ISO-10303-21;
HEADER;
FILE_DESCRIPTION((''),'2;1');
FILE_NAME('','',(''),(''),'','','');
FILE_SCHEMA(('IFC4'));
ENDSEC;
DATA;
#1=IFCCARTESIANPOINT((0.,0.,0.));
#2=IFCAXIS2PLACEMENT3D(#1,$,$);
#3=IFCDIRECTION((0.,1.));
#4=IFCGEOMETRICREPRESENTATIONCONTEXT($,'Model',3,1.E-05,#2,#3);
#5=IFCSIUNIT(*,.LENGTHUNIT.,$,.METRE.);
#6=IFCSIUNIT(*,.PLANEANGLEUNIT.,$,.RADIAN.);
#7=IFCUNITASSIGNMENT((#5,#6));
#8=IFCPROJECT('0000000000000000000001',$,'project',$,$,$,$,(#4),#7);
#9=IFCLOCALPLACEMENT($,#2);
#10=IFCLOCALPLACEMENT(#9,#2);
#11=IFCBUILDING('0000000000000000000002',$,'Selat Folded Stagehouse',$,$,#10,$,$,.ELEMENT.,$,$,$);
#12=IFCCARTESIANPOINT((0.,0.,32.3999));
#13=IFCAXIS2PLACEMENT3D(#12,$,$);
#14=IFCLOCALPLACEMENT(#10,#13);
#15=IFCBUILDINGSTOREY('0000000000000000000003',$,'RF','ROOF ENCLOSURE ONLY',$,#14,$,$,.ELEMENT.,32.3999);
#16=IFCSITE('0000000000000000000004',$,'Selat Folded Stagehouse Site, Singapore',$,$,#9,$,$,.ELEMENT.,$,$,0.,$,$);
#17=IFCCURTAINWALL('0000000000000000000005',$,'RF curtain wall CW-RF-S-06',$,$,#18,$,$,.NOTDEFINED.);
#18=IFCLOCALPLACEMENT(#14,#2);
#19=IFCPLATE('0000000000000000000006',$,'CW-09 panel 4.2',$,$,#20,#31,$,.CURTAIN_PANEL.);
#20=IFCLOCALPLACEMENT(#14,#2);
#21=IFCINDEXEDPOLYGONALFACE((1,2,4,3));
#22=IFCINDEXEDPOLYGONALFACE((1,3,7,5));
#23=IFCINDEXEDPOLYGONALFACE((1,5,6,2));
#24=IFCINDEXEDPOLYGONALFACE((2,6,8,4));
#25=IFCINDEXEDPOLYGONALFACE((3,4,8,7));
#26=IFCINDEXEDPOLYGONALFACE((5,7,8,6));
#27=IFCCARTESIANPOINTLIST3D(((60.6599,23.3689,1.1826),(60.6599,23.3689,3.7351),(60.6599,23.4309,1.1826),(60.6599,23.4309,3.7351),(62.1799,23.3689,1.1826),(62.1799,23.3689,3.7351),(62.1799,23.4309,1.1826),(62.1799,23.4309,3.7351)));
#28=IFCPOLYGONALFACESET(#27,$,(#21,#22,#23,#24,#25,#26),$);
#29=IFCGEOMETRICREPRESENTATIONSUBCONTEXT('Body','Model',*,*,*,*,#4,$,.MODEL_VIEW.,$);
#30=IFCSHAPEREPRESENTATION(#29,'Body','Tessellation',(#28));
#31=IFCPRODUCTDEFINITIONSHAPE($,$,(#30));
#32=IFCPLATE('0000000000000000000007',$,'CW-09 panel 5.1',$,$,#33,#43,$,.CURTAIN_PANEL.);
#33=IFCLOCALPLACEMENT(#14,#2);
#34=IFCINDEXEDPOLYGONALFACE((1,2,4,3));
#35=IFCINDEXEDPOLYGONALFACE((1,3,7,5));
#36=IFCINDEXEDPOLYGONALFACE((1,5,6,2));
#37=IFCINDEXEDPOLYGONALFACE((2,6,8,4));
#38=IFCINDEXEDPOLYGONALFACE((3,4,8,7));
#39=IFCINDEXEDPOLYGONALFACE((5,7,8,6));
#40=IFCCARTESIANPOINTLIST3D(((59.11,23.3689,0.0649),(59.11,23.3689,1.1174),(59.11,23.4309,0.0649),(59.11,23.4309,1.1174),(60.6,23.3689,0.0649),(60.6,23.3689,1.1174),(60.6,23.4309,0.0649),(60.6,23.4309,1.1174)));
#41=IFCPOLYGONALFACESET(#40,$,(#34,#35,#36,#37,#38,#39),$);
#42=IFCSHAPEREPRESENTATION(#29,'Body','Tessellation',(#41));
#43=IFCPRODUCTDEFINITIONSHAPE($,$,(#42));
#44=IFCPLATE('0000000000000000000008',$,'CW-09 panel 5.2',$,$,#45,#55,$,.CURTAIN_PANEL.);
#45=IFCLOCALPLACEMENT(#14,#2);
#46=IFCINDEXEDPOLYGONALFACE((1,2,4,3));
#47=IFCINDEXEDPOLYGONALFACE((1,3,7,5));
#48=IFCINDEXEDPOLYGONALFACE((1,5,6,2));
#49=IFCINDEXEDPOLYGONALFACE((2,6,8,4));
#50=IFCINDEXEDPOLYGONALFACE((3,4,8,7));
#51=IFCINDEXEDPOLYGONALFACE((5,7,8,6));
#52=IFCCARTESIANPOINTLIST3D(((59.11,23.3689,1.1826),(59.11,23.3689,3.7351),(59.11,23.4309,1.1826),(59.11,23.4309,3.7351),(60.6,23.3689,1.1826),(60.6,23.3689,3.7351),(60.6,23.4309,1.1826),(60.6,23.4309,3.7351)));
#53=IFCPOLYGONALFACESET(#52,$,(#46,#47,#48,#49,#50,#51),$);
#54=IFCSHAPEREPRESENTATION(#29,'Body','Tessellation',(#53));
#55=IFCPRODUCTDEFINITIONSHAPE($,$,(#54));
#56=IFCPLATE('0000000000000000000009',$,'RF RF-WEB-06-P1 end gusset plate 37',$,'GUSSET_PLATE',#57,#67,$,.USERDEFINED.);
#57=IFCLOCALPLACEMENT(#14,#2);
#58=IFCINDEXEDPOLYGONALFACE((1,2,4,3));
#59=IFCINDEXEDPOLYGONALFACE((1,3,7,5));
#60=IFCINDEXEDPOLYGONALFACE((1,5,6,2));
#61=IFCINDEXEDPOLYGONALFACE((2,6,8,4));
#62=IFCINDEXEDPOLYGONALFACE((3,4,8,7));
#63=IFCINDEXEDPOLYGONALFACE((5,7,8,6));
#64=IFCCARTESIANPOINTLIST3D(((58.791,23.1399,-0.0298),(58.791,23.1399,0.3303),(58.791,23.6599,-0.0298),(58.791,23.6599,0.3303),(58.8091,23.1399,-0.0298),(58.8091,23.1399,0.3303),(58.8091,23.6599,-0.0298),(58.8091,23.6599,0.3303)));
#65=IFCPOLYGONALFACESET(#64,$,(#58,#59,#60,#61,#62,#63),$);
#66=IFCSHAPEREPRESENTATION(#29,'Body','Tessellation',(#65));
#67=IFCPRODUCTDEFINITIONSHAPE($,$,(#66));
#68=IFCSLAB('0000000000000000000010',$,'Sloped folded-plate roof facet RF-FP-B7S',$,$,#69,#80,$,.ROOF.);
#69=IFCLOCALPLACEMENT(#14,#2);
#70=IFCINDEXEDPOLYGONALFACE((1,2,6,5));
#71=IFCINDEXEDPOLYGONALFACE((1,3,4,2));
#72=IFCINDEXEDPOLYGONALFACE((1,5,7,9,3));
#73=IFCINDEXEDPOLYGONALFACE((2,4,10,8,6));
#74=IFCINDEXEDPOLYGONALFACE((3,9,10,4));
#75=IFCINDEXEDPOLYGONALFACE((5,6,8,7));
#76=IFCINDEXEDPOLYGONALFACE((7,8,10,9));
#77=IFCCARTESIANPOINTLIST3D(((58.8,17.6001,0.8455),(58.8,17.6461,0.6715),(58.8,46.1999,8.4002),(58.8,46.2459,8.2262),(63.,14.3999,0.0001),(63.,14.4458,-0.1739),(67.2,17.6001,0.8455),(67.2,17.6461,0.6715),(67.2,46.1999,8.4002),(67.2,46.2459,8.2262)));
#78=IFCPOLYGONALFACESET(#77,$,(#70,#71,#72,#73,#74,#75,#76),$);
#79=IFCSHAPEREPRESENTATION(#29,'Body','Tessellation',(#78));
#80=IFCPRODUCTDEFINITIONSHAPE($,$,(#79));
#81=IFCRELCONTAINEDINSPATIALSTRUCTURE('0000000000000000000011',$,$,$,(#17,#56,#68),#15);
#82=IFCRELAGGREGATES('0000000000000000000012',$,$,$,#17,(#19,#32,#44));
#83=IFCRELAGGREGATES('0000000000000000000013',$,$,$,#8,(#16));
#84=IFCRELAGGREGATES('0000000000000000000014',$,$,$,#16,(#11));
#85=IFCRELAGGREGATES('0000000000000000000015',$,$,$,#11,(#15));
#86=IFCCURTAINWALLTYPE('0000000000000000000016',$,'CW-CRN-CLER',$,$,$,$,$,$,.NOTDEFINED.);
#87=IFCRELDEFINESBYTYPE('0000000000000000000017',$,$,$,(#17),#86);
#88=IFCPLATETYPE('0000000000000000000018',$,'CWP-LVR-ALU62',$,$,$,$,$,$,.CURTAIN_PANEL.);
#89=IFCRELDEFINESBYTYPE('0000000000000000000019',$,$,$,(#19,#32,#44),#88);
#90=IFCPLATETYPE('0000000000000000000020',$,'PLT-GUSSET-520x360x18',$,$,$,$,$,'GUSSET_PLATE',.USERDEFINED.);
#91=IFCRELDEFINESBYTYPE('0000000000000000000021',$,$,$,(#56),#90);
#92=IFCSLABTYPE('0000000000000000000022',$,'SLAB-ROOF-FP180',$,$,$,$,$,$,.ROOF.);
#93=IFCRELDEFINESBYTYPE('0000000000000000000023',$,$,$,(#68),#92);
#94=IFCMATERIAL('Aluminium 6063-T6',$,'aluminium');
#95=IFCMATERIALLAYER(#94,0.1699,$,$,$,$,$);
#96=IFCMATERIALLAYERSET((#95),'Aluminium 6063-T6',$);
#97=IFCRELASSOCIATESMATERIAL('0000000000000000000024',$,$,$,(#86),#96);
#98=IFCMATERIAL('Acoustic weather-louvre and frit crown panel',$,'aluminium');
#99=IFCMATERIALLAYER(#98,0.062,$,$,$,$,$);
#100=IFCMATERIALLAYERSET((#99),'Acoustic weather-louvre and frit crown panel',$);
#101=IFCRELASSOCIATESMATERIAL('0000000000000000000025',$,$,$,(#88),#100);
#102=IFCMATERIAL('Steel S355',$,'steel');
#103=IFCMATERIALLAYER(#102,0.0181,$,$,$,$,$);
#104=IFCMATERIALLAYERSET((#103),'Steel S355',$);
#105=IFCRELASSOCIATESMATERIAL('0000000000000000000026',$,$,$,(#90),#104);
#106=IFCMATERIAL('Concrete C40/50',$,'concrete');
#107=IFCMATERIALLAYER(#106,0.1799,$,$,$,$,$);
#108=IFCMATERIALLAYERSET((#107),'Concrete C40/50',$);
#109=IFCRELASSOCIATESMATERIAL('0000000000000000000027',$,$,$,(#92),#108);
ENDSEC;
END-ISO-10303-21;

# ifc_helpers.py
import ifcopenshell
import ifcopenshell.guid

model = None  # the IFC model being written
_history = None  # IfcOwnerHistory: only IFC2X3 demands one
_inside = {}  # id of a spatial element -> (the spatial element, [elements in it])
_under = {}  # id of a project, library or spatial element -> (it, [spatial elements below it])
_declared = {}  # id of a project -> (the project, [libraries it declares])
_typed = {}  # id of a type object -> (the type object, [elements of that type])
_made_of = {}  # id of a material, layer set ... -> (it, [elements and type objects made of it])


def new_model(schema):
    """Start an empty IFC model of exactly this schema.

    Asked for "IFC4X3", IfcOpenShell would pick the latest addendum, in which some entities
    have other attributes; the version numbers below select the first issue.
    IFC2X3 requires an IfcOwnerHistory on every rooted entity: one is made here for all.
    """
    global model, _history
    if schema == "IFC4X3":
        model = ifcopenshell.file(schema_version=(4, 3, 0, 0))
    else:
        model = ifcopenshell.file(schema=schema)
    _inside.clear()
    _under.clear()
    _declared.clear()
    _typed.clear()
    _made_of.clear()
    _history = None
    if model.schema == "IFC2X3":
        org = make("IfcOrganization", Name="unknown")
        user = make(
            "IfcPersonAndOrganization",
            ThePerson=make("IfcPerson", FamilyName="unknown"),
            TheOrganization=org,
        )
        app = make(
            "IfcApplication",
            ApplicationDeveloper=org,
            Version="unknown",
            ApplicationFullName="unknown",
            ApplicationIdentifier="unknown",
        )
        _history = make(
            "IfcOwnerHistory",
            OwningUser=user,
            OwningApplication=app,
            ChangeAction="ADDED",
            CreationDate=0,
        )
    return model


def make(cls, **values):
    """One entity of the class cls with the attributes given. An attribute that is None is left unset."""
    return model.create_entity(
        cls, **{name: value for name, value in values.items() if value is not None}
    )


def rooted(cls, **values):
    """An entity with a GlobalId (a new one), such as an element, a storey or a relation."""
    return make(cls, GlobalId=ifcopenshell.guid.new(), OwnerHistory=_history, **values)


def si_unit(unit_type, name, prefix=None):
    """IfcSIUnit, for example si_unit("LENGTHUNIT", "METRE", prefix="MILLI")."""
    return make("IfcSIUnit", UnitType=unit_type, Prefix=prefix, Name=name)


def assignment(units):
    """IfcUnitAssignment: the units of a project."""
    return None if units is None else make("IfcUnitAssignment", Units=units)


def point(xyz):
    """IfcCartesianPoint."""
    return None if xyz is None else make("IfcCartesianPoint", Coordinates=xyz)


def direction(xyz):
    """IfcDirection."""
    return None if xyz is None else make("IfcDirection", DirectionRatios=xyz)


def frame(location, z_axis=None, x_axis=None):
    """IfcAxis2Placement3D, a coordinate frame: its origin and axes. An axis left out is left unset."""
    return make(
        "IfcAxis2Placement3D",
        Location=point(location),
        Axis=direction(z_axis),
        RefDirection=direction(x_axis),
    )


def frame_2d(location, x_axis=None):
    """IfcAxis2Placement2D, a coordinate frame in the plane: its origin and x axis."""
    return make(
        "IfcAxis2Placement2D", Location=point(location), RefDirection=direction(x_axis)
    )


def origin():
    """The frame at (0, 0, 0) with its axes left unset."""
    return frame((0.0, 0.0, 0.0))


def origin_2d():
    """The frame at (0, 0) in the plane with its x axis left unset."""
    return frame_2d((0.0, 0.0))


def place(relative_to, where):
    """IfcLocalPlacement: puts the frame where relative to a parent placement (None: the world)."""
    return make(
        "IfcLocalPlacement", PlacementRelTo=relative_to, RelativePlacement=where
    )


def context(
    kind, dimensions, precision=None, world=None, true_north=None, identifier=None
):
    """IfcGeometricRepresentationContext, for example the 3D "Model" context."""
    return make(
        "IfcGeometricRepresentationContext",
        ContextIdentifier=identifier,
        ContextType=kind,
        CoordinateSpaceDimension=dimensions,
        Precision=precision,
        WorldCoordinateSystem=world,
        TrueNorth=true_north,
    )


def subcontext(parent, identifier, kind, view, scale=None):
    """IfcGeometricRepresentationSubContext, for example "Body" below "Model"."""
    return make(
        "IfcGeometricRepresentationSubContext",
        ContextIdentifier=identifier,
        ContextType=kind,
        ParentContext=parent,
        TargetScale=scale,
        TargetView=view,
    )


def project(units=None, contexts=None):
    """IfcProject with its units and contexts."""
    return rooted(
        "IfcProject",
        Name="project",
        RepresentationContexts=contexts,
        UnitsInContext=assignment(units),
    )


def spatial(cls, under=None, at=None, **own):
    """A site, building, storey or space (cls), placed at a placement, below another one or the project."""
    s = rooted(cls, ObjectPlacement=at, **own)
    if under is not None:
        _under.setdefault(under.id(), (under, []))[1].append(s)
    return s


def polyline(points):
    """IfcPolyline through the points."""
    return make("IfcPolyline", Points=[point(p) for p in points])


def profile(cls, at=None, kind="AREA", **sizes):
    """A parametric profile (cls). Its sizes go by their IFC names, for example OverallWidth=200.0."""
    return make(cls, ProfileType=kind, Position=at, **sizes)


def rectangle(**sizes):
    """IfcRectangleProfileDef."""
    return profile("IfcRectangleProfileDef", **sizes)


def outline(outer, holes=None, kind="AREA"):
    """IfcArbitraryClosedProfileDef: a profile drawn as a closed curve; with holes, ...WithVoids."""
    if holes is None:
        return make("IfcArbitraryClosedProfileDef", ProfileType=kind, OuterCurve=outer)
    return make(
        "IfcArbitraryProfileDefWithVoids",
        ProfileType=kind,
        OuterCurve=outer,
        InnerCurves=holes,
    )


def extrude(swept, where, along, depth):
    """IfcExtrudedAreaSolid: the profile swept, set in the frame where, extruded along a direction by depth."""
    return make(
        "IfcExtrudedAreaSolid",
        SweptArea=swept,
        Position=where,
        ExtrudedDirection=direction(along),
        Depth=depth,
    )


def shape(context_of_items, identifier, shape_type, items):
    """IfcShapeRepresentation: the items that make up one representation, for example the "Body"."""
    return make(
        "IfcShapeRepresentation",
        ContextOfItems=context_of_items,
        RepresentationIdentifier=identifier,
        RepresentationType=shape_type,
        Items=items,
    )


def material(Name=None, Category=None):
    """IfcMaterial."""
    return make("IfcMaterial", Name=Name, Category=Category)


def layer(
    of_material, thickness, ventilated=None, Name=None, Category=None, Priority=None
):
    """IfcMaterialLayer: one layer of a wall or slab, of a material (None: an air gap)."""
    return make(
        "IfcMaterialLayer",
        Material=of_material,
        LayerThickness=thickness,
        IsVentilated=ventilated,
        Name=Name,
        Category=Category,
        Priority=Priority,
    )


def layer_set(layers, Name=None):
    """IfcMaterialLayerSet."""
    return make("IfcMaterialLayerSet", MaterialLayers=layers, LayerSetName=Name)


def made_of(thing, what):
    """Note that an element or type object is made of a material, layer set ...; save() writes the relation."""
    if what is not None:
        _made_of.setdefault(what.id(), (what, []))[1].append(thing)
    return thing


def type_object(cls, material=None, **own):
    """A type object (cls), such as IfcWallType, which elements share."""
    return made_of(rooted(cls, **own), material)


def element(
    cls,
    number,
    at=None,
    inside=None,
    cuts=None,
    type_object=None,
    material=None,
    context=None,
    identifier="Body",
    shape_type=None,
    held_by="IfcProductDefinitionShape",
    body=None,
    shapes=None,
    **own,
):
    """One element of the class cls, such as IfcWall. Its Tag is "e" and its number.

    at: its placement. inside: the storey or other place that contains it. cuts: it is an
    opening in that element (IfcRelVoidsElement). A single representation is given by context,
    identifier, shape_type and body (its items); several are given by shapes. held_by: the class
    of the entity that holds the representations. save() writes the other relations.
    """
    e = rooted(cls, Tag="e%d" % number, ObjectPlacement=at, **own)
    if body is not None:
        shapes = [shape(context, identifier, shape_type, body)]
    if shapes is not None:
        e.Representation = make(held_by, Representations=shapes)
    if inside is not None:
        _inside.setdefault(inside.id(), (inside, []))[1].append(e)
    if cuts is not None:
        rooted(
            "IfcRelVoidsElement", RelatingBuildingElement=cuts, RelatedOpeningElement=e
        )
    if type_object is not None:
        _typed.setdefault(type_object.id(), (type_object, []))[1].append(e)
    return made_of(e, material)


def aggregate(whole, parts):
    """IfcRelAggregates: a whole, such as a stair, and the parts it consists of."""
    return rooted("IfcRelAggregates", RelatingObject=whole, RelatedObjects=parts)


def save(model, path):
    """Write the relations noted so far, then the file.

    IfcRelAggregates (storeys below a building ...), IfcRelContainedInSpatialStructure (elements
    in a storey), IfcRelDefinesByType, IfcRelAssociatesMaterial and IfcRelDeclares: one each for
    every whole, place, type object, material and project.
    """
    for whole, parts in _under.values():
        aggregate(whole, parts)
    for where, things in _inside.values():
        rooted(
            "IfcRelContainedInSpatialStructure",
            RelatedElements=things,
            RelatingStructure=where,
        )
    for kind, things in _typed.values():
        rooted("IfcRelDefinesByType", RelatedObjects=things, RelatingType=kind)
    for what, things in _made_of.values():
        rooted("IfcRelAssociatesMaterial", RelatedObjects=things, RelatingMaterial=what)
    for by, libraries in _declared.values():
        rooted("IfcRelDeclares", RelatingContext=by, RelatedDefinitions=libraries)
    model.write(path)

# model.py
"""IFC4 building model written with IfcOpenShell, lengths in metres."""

from ifc_helpers import new_model, si_unit, direction, frame, origin, origin_2d, place, context, subcontext, project, spatial, polyline, rectangle, outline, extrude, material, layer, layer_set, type_object, element, aggregate, save


model = new_model("IFC4")

# Units and contexts
model_context = context("Model", 3, precision=1e-05, world=origin(), true_north=direction((0.0, 1.0)))
body_context = subcontext(model_context, "Body", "Model", "MODEL_VIEW")
ifc_project = project(units=[si_unit("LENGTHUNIT", "METRE"), si_unit("PLANEANGLEUNIT", "RADIAN")], contexts=[model_context])

# Site, building, storey
site_placement = place(None, origin())
site = spatial("IfcSite", under=ifc_project, at=site_placement, Name="Selat Folded Stagehouse Site, Singapore", CompositionType="ELEMENT", RefElevation=0.0)
building_placement = place(site_placement, origin())
building = spatial("IfcBuilding", under=site, at=building_placement, Name="Selat Folded Stagehouse", CompositionType="ELEMENT")
storey_placement = place(building_placement, frame((0.0, 0.0, 32.3999)))
storey = spatial("IfcBuildingStorey", under=building, at=storey_placement, Name="RF", Description="ROOF ENCLOSURE ONLY", CompositionType="ELEMENT", Elevation=32.3999)

# Shared definitions
ifc_material_1 = material(Name="Steel S355", Category="steel")

# Shared definitions
ifc_material_2 = material(Name="Aluminium 6063-T6", Category="aluminium")
ifc_layer_1 = layer(ifc_material_2, 0.1699)
ifc_layer_set_1 = layer_set([ifc_layer_1], Name="Aluminium 6063-T6")
curtain_wall_type = type_object("IfcCurtainWallType", Name="CW-CRN-CLER", PredefinedType="NOTDEFINED", material=ifc_layer_set_1)

# Curtain wall
curtain_wall_1_placement = place(storey_placement, origin())
curtain_wall_1 = element("IfcCurtainWall", 1, at=curtain_wall_1_placement, inside=storey, type_object=curtain_wall_type, Name="RF curtain wall CW-RF-S-06", PredefinedType="NOTDEFINED")

# Plates
ifc_material_3 = material(Name="Acoustic weather-louvre and frit crown panel", Category="aluminium")
ifc_layer_2 = layer(ifc_material_3, 0.062)
ifc_layer_set_2 = layer_set([ifc_layer_2], Name="Acoustic weather-louvre and frit crown panel")
plate_type_1 = type_object("IfcPlateType", Name="CWP-LVR-ALU62", PredefinedType="CURTAIN_PANEL", material=ifc_layer_set_2)
plate_1_placement = place(storey_placement, frame((61.4199, 23.3999, 1.1826), z_axis=(0.0, 0.0, 1.0), x_axis=(-1.0, 0.0, 0.0)))
plate_1 = element("IfcPlate", 2, at=plate_1_placement, type_object=plate_type_1, Name="CW-09 panel 4.2", PredefinedType="CURTAIN_PANEL", context=body_context, shape_type="SweptSolid", body=[
    extrude(rectangle(XDim=1.52, YDim=0.062, at=origin_2d()), origin(), (0.0, 0.0, 1.0), 2.5525),
])
plate_2_placement = place(storey_placement, frame((59.855, 23.3999, 0.0649), z_axis=(0.0, 0.0, 1.0), x_axis=(-1.0, 0.0, 0.0)))
plate_2 = element("IfcPlate", 3, at=plate_2_placement, type_object=plate_type_1, Name="CW-09 panel 5.1", PredefinedType="CURTAIN_PANEL", context=body_context, shape_type="SweptSolid", body=[
    extrude(rectangle(XDim=1.49, YDim=0.062, at=origin_2d()), origin(), (0.0, 0.0, 1.0), 1.0525),
])
plate_3_placement = place(storey_placement, frame((59.855, 23.3999, 1.1826), z_axis=(0.0, 0.0, 1.0), x_axis=(-1.0, 0.0, 0.0)))
plate_3 = element("IfcPlate", 4, at=plate_3_placement, type_object=plate_type_1, Name="CW-09 panel 5.2", PredefinedType="CURTAIN_PANEL", context=body_context, shape_type="SweptSolid", body=[
    extrude(rectangle(XDim=1.49, YDim=0.062, at=origin_2d()), origin(), (0.0, 0.0, 1.0), 2.5525),
])
aggregate(curtain_wall_1, [plate_1, plate_2, plate_3])
ifc_layer_3 = layer(ifc_material_1, 0.0181)
ifc_layer_set_3 = layer_set([ifc_layer_3], Name="Steel S355")
plate_type_2 = type_object("IfcPlateType", Name="PLT-GUSSET-520x360x18", ElementType="GUSSET_PLATE", PredefinedType="USERDEFINED", material=ifc_layer_set_3)
plate_4_placement = place(storey_placement, frame((58.8, 23.3999, -0.0298), z_axis=(0.0, 0.0, 1.0), x_axis=(0.0, 1.0, 0.0)))
element("IfcPlate", 5, at=plate_4_placement, inside=storey, type_object=plate_type_2, Name="RF RF-WEB-06-P1 end gusset plate 37", ObjectType="GUSSET_PLATE", PredefinedType="USERDEFINED", context=body_context, shape_type="SweptSolid", body=[
    extrude(rectangle(XDim=0.52, YDim=0.0181, at=origin_2d()), origin(), (0.0, 0.0, 1.0), 0.3601),
])

# Slab
ifc_material_4 = material(Name="Concrete C40/50", Category="concrete")
ifc_layer_4 = layer(ifc_material_4, 0.1799)
ifc_layer_set_4 = layer_set([ifc_layer_4], Name="Concrete C40/50")
slab_type = type_object("IfcSlabType", Name="SLAB-ROOF-FP180", PredefinedType="ROOF", material=ifc_layer_set_4)
slab_placement = place(storey_placement, frame((58.8, 17.6001, 0.8455), z_axis=(0.0, -0.255393, 0.966837), x_axis=(0.785406, -0.598454, -0.158083)))
element("IfcSlab", 6, at=slab_placement, inside=storey, type_object=slab_type, Name="Sloped folded-plate roof facet RF-FP-B7S", PredefinedType="ROOF", context=body_context, shape_type="SweptSolid", body=[
    extrude(outline(polyline([(0.0, 0.0), (5.3475, 0.0), (6.5973, 5.1994), (-11.7126, 28.4323), (-18.31, 23.233), (0.0, 0.0)])), origin(), (0.0, 0.0, -1.0), 0.1799),
])

save(model, "model.ifc")
